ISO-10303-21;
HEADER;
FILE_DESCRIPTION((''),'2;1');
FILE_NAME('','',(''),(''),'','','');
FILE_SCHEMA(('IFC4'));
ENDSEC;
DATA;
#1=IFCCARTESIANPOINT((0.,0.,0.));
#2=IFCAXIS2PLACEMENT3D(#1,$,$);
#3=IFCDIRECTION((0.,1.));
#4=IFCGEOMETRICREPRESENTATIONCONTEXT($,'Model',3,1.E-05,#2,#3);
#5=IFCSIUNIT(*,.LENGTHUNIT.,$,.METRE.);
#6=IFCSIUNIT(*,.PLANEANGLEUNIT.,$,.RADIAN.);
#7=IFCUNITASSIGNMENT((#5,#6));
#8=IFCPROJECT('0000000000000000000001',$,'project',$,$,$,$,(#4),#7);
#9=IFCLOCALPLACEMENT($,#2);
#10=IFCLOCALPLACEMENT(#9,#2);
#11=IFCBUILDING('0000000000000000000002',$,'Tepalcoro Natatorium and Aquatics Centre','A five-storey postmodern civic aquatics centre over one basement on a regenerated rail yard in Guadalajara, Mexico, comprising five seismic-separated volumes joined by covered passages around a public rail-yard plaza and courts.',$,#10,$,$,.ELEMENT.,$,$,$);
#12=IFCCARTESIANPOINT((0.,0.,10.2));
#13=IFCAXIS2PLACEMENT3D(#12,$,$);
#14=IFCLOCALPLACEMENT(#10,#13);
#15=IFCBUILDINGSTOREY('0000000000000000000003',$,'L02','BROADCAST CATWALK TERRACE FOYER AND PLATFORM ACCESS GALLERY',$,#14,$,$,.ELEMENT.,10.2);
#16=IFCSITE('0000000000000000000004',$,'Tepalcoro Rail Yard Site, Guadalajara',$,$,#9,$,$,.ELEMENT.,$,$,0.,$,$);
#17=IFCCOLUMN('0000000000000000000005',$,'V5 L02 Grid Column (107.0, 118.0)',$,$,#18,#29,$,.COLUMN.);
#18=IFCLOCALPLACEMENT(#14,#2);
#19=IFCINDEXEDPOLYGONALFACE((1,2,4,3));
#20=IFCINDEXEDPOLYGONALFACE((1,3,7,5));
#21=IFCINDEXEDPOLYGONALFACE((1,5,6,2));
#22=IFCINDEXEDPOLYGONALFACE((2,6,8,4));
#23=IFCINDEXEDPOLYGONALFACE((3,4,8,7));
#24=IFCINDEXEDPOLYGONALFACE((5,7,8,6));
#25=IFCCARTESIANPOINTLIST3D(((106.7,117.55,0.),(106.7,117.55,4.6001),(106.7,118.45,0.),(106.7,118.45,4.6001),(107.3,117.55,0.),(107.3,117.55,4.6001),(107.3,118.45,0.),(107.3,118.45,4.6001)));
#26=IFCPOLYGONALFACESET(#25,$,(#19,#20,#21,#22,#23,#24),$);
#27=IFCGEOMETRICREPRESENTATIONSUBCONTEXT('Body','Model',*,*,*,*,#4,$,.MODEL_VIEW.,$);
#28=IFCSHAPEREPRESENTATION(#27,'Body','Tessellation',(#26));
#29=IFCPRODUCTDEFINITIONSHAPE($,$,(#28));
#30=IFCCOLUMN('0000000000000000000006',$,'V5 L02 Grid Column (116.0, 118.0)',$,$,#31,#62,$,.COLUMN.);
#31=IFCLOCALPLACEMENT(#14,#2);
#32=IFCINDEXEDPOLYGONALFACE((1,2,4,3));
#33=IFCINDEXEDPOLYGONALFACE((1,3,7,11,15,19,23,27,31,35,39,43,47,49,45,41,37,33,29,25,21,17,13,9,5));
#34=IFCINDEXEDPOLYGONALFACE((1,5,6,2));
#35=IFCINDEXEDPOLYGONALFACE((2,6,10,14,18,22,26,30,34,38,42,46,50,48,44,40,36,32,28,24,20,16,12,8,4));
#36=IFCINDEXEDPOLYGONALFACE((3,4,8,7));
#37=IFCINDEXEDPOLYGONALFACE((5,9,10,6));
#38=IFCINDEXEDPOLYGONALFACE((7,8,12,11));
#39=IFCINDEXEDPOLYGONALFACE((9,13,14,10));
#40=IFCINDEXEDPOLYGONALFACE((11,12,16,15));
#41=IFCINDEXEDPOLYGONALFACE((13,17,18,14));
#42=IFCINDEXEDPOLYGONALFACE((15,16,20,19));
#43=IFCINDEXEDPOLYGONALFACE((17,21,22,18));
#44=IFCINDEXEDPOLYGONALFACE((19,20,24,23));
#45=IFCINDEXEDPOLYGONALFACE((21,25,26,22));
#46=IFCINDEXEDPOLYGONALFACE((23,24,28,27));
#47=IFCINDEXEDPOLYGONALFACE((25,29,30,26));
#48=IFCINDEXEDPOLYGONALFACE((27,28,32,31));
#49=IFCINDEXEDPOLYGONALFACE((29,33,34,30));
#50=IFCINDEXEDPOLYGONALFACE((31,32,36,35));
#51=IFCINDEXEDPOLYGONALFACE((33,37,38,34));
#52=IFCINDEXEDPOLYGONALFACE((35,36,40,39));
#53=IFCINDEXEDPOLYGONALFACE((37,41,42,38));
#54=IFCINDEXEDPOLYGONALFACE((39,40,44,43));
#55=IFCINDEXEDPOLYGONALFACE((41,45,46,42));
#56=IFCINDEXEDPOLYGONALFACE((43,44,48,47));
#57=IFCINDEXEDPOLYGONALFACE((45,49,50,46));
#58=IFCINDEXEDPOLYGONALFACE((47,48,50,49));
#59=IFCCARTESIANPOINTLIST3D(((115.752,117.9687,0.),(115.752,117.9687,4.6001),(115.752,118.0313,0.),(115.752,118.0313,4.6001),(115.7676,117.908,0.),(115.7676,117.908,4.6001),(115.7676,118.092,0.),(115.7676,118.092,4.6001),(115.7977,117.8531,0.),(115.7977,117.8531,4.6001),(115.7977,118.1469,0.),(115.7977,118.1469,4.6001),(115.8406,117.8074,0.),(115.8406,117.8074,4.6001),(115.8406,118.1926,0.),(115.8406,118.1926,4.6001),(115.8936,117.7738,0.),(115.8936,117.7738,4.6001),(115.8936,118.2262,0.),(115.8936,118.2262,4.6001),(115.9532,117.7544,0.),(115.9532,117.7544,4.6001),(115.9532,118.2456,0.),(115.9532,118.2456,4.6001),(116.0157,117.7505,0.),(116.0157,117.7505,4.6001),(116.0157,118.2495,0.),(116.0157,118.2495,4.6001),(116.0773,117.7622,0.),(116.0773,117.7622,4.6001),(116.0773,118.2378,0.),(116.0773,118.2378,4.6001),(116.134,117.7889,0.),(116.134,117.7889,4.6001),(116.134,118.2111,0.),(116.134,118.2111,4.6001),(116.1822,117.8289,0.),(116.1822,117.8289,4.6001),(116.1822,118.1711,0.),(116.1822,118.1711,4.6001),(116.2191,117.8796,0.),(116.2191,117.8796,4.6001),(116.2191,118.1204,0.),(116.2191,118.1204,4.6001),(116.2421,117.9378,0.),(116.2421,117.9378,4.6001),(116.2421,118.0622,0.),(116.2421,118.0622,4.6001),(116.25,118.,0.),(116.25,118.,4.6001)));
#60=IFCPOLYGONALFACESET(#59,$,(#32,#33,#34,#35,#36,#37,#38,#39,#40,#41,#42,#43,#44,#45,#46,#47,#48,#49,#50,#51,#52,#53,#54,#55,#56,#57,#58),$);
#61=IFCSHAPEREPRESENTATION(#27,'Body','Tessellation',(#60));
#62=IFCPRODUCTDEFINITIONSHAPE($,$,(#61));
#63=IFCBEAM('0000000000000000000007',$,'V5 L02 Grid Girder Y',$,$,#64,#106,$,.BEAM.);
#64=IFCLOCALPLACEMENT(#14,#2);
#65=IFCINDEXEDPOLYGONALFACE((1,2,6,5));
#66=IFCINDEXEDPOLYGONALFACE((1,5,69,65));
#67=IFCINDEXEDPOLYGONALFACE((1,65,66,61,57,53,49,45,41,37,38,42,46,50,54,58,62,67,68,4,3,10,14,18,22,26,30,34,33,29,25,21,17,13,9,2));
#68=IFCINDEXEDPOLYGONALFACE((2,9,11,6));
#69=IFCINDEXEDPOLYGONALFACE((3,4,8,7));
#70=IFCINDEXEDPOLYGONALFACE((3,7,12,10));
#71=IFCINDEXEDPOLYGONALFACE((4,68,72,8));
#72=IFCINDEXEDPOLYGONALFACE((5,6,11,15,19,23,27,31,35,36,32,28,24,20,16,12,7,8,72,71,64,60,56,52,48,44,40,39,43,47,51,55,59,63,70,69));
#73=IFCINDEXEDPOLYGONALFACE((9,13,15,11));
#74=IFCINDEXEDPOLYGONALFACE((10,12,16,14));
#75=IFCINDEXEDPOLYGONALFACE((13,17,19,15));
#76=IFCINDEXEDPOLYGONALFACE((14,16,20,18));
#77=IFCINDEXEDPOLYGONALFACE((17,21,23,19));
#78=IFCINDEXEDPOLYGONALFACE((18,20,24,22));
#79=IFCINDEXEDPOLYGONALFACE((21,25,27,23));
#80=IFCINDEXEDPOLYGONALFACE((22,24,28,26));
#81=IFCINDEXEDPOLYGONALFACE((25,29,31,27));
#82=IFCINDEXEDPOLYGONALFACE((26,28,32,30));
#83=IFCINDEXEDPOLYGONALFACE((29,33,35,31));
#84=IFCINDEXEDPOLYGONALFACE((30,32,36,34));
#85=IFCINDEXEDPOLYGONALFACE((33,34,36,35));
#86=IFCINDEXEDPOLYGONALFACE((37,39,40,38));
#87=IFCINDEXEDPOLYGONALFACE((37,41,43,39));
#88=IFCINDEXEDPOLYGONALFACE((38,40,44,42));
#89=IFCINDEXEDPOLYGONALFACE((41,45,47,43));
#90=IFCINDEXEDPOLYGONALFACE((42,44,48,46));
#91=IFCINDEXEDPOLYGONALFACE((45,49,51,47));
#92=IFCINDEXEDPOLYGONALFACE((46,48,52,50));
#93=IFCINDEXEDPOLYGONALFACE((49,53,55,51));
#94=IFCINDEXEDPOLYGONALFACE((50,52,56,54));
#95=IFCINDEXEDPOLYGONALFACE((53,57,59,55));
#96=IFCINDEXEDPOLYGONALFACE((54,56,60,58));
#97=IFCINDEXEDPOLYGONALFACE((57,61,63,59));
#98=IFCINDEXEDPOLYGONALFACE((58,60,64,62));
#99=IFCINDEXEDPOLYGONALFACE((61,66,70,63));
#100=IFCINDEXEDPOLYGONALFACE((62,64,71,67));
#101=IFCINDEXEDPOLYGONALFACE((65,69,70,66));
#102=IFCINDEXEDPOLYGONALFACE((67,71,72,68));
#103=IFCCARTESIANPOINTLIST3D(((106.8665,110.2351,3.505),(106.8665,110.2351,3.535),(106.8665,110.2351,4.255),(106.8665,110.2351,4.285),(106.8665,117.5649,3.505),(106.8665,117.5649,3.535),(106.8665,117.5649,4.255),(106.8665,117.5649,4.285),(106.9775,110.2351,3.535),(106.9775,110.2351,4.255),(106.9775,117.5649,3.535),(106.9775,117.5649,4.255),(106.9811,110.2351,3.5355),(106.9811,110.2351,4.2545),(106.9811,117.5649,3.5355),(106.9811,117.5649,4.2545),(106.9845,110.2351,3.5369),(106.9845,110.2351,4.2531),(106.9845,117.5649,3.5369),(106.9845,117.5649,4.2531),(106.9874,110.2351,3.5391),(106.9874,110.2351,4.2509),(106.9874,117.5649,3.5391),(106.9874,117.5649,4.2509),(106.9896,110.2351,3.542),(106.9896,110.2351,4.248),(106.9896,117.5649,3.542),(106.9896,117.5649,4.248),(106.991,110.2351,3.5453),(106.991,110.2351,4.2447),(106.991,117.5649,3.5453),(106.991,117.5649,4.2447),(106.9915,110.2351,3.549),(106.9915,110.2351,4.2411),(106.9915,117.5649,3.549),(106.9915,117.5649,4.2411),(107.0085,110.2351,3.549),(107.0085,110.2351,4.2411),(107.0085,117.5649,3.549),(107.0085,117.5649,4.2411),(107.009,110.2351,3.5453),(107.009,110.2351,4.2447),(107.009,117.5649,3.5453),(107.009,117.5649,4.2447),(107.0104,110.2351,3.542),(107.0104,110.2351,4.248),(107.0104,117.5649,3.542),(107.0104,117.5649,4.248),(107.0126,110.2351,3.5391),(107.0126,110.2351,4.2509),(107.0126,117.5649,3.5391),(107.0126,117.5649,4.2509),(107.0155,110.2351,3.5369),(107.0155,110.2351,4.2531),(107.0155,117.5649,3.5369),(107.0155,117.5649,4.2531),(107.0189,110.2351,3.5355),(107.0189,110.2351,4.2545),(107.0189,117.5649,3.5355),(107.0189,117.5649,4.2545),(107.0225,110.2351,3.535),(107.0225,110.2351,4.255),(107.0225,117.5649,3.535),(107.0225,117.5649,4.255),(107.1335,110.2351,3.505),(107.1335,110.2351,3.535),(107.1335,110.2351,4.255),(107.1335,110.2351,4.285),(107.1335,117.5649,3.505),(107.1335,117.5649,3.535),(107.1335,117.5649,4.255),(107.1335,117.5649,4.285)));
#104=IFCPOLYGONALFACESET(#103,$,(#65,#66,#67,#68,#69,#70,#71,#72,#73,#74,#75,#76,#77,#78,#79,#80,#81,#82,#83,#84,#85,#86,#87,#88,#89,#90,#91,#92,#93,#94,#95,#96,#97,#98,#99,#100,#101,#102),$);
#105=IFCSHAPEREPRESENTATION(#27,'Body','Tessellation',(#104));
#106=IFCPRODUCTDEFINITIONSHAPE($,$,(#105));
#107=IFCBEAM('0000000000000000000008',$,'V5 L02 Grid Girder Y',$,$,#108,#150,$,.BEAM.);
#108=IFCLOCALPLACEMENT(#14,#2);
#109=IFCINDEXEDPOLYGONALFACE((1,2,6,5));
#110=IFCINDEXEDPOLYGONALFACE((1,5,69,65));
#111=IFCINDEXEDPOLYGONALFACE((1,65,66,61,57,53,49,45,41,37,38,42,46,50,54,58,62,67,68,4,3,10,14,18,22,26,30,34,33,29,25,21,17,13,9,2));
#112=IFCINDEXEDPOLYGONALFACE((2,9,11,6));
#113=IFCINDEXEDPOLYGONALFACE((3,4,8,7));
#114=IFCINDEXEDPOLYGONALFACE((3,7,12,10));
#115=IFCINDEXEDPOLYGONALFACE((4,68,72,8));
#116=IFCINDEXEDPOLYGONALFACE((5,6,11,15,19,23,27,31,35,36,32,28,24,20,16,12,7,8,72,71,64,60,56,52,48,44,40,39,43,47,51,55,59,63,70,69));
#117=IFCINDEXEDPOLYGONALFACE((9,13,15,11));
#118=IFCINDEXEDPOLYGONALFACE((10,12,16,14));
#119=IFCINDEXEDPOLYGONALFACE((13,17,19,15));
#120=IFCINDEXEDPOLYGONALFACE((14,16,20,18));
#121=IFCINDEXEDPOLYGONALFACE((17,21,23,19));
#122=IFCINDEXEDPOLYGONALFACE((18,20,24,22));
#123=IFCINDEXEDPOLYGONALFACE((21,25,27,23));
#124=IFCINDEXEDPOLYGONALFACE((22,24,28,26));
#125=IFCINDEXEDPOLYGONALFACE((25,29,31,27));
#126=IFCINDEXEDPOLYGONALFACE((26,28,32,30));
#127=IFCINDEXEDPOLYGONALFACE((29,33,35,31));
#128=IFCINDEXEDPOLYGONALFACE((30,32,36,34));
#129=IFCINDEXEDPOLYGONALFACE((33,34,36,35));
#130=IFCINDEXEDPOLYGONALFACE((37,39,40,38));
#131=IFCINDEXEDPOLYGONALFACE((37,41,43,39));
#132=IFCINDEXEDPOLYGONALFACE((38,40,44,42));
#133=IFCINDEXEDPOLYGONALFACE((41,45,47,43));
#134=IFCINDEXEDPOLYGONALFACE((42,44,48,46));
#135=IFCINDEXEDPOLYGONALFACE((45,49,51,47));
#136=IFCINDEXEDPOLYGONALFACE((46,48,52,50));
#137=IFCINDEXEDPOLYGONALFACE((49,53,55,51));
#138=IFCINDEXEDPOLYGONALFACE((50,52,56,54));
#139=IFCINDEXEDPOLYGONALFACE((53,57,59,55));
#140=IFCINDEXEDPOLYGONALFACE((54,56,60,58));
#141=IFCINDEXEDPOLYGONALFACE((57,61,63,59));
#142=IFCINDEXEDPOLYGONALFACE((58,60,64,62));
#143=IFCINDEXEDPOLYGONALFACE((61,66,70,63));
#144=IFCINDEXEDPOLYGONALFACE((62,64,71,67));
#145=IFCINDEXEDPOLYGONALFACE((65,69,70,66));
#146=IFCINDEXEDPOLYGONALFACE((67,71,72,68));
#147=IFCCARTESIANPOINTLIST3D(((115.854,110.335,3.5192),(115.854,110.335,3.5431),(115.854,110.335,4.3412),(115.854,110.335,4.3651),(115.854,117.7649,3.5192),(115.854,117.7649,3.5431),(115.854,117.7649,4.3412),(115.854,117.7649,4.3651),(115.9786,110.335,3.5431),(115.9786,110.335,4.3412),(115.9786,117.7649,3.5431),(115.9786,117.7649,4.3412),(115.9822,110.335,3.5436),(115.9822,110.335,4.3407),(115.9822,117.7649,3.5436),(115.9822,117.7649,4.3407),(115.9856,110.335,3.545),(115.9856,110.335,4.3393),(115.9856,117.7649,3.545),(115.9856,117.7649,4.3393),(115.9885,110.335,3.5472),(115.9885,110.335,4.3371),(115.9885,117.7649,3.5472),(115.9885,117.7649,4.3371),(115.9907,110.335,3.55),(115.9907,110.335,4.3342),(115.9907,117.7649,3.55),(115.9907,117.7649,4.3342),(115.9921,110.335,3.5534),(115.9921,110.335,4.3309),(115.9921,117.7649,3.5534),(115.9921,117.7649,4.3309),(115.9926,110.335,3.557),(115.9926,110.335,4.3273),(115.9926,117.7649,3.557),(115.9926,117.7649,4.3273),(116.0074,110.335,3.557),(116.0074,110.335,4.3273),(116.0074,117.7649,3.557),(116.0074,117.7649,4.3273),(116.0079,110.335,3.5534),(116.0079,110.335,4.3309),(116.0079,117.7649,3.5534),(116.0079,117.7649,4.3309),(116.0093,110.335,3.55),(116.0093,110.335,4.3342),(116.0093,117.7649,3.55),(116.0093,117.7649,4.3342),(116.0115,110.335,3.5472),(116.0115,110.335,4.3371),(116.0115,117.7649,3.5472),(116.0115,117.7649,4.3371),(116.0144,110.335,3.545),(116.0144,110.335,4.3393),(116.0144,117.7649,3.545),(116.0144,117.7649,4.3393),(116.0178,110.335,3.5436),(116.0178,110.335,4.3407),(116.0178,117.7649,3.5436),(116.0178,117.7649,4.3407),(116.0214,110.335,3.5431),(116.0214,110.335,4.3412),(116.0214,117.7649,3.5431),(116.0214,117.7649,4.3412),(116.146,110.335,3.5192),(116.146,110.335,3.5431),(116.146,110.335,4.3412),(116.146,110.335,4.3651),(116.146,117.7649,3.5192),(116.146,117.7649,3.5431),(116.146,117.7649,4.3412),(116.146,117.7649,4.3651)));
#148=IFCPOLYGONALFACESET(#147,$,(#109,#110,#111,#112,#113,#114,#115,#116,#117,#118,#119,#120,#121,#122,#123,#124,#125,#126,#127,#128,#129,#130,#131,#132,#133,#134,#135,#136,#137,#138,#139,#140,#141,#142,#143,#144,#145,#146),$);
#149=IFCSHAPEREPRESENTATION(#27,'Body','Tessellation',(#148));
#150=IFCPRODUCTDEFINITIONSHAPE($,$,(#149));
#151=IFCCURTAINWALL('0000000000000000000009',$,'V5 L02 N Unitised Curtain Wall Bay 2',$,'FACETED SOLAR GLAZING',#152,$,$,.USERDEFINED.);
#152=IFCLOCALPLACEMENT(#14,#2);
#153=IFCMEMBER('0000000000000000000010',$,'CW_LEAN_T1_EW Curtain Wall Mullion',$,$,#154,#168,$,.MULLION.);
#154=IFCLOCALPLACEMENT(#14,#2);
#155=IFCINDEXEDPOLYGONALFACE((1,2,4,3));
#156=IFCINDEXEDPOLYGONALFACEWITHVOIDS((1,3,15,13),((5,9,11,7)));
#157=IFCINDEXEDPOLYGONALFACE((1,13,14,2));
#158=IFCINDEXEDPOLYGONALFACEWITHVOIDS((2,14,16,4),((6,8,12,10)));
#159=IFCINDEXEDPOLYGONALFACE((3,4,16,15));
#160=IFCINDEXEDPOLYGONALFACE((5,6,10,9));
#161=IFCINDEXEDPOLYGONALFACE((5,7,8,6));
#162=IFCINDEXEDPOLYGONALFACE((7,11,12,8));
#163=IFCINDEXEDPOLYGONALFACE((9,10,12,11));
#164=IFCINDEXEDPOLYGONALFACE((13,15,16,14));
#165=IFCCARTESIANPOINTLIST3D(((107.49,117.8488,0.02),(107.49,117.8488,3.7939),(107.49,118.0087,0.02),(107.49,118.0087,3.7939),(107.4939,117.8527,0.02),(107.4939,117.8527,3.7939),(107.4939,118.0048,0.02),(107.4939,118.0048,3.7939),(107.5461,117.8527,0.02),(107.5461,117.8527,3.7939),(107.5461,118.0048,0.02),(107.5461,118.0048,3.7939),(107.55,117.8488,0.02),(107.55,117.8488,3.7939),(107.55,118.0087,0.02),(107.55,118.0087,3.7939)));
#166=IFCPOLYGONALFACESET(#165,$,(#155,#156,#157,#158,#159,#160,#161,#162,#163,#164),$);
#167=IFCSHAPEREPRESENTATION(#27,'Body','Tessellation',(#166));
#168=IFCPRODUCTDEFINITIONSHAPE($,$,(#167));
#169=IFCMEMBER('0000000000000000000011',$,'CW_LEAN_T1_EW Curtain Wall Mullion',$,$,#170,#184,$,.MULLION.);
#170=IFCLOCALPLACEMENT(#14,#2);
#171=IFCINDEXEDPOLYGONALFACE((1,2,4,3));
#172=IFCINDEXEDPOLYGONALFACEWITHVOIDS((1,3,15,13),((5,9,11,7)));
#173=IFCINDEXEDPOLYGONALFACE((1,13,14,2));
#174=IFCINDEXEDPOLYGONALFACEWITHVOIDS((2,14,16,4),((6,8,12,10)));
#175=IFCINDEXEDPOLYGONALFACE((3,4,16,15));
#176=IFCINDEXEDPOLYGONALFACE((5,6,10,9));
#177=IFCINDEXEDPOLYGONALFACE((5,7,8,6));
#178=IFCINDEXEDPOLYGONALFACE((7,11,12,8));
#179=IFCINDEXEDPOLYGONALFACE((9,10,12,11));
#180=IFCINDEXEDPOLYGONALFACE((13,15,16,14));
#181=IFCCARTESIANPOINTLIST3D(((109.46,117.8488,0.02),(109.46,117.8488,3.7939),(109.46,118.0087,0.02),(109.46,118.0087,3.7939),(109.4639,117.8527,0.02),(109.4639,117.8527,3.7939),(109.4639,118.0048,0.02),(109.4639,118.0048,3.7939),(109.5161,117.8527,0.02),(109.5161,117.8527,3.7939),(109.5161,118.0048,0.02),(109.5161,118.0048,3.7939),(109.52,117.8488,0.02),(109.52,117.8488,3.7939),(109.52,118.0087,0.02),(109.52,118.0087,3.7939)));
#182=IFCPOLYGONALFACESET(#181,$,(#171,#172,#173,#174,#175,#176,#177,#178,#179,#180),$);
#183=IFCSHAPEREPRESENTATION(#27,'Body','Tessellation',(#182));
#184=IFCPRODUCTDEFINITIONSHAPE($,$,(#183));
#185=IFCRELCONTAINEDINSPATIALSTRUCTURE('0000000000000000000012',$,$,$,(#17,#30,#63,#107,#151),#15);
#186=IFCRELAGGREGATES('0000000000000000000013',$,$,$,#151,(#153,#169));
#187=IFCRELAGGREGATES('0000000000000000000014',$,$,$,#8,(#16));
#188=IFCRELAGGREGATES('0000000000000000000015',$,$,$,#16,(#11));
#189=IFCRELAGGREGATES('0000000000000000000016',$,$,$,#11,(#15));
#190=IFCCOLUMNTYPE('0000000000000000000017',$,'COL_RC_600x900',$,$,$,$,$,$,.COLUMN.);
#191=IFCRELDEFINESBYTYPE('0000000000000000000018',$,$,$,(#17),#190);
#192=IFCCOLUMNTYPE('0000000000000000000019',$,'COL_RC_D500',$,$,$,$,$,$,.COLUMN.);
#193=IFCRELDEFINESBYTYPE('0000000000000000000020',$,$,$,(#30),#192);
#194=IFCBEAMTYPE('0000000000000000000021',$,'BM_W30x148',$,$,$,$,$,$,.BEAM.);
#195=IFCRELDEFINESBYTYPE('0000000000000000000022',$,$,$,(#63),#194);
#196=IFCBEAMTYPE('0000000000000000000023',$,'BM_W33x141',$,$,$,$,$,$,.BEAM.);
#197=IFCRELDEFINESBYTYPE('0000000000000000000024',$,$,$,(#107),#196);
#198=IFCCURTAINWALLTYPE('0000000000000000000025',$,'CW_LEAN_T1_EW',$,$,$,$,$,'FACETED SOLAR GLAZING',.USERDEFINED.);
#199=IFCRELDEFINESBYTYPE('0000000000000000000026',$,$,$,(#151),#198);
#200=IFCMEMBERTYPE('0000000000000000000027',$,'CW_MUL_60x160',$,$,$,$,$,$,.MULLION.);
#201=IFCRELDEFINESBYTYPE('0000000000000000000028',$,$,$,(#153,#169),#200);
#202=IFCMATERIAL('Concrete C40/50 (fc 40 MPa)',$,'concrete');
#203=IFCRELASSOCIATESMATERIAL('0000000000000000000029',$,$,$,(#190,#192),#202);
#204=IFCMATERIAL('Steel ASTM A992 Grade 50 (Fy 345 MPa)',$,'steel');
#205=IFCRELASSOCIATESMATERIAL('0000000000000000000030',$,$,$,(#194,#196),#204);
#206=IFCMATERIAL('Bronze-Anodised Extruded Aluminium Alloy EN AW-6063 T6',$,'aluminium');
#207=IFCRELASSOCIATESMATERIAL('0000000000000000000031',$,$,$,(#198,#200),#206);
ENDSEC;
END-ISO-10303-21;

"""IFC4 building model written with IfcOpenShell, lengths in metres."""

from ifc_helpers import new_model, si_unit, direction, frame, origin, origin_2d, place, context, subcontext, project, spatial, rectangle, hollow_rectangle, circle, i_section, extrude, material, material_profile, profile_set, type_object, element, aggregate, save


model = new_model("IFC4")

# Units and contexts
model_context = context("Model", 3, precision=1e-05, world=origin(), true_north=direction((0.0, 1.0)))
body_context = subcontext(model_context, "Body", "Model", "MODEL_VIEW")
ifc_project = project(units=[si_unit("LENGTHUNIT", "METRE"), si_unit("PLANEANGLEUNIT", "RADIAN")], contexts=[model_context])

# Site, building, storey
site_placement = place(None, origin())
site = spatial("IfcSite", under=ifc_project, at=site_placement, Name="Tepalcoro Rail Yard Site, Guadalajara", CompositionType="ELEMENT", RefElevation=0.0)
building_placement = place(site_placement, origin())
building = spatial("IfcBuilding", under=site, at=building_placement, Name="Tepalcoro Natatorium and Aquatics Centre", Description="A five-storey postmodern civic aquatics centre over one basement on a regenerated rail yard in Guadalajara, Mexico, comprising five seismic-separated volumes joined by covered passages around a public rail-yard plaza and courts.", CompositionType="ELEMENT")
storey_placement = place(building_placement, frame((0.0, 0.0, 10.2)))
storey = spatial("IfcBuildingStorey", under=building, at=storey_placement, Name="L02", Description="BROADCAST CATWALK TERRACE FOYER AND PLATFORM ACCESS GALLERY", CompositionType="ELEMENT", Elevation=10.2)

# Columns
ifc_material_1 = material(Name="Concrete C40/50 (fc 40 MPa)", Category="concrete")
ifc_material_profile_1 = material_profile(ifc_material_1, rectangle(XDim=0.6001, YDim=0.8999, at=origin_2d()), Name="RC600x900")
ifc_profile_set_1 = profile_set([ifc_material_profile_1], Name="Concrete C40/50 (fc 40 MPa)")
column_type_1 = type_object("IfcColumnType", Name="COL_RC_600x900", PredefinedType="COLUMN", material=ifc_profile_set_1)
column_1_placement = place(storey_placement, frame((107.0, 118.0, 0.0), z_axis=(0.0, 0.0, 1.0), x_axis=(1.0, 0.0, 0.0)))
element("IfcColumn", 1, at=column_1_placement, inside=storey, type_object=column_type_1, Name="V5 L02 Grid Column (107.0, 118.0)", PredefinedType="COLUMN", context=body_context, shape_type="SweptSolid", body=[
    extrude(rectangle(XDim=0.6001, YDim=0.8999, at=origin_2d()), origin(), (0.0, 0.0, 1.0), 4.6001),
])
ifc_material_profile_2 = material_profile(ifc_material_1, circle(Radius=0.25, at=origin_2d()), Name="RCD500")
ifc_profile_set_2 = profile_set([ifc_material_profile_2], Name="Concrete C40/50 (fc 40 MPa)")
column_type_2 = type_object("IfcColumnType", Name="COL_RC_D500", PredefinedType="COLUMN", material=ifc_profile_set_2)
column_2_placement = place(storey_placement, frame((116.0, 118.0, 0.0), z_axis=(0.0, 0.0, 1.0), x_axis=(1.0, 0.0, 0.0)))
element("IfcColumn", 2, at=column_2_placement, inside=storey, type_object=column_type_2, Name="V5 L02 Grid Column (116.0, 118.0)", PredefinedType="COLUMN", context=body_context, shape_type="SweptSolid", body=[
    extrude(circle(Radius=0.25, at=origin_2d()), origin(), (0.0, 0.0, 1.0), 4.6001),
])

# Beams
ifc_material_2 = material(Name="Steel ASTM A992 Grade 50 (Fy 345 MPa)", Category="steel")
ifc_material_profile_3 = material_profile(ifc_material_2, i_section(OverallWidth=0.2671, OverallDepth=0.78, WebThickness=0.0171, FlangeThickness=0.03, FilletRadius=0.0139, at=origin_2d()), Name="W30X148")
ifc_profile_set_3 = profile_set([ifc_material_profile_3], Name="Steel ASTM A992 Grade 50 (Fy 345 MPa)")
beam_type_1 = type_object("IfcBeamType", Name="BM_W30x148", PredefinedType="BEAM", material=ifc_profile_set_3)
beam_1_placement = place(storey_placement, frame((107.0, 110.2351, 3.895), z_axis=(0.0, 1.0, 0.0), x_axis=(-1.0, 0.0, 0.0)))
element("IfcBeam", 3, at=beam_1_placement, inside=storey, type_object=beam_type_1, Name="V5 L02 Grid Girder Y", PredefinedType="BEAM", context=body_context, shape_type="SweptSolid", body=[
    extrude(i_section(OverallWidth=0.2671, OverallDepth=0.78, WebThickness=0.0171, FlangeThickness=0.03, FilletRadius=0.0139, at=origin_2d()), origin(), (0.0, 0.0, 1.0), 7.3298),
])
ifc_material_profile_4 = material_profile(ifc_material_2, i_section(OverallWidth=0.292, OverallDepth=0.8459, WebThickness=0.0149, FlangeThickness=0.0239, FilletRadius=0.0139, at=origin_2d()), Name="W33X141")
ifc_profile_set_4 = profile_set([ifc_material_profile_4], Name="Steel ASTM A992 Grade 50 (Fy 345 MPa)")
beam_type_2 = type_object("IfcBeamType", Name="BM_W33x141", PredefinedType="BEAM", material=ifc_profile_set_4)
beam_2_placement = place(storey_placement, frame((116.0, 110.335, 3.9421), z_axis=(0.0, 1.0, 0.0), x_axis=(-1.0, 0.0, 0.0)))
element("IfcBeam", 4, at=beam_2_placement, inside=storey, type_object=beam_type_2, Name="V5 L02 Grid Girder Y", PredefinedType="BEAM", context=body_context, shape_type="SweptSolid", body=[
    extrude(i_section(OverallWidth=0.292, OverallDepth=0.8459, WebThickness=0.0149, FlangeThickness=0.0239, FilletRadius=0.0139, at=origin_2d()), origin(), (0.0, 0.0, 1.0), 7.4299),
])

# Curtain wall, members
ifc_material_3 = material(Name="Bronze-Anodised Extruded Aluminium Alloy EN AW-6063 T6", Category="aluminium")
curtain_wall_type_1 = type_object("IfcCurtainWallType", Name="CW_LEAN_T1_EW", ElementType="FACETED SOLAR GLAZING", PredefinedType="USERDEFINED", material=ifc_material_3)
curtain_wall_1_placement = place(storey_placement, origin())
curtain_wall_1 = element("IfcCurtainWall", 5, at=curtain_wall_1_placement, inside=storey, type_object=curtain_wall_type_1, Name="V5 L02 N Unitised Curtain Wall Bay 2", ObjectType="FACETED SOLAR GLAZING", PredefinedType="USERDEFINED")
ifc_material_profile_5 = material_profile(ifc_material_3, hollow_rectangle(XDim=0.0601, YDim=0.1599, WallThickness=0.0039, at=origin_2d()), Name="AL60X160X4")
ifc_profile_set_5 = profile_set([ifc_material_profile_5], Name="Bronze-Anodised Extruded Aluminium Alloy EN AW-6063 T6")
member_type_1 = type_object("IfcMemberType", Name="CW_MUL_60x160", PredefinedType="MULLION", material=ifc_profile_set_5)
member_1_placement = place(storey_placement, frame((107.52, 117.9287, 0.02), z_axis=(0.0, 0.0, 1.0), x_axis=(1.0, 0.0, 0.0)))
member_1 = element("IfcMember", 6, at=member_1_placement, type_object=member_type_1, Name="CW_LEAN_T1_EW Curtain Wall Mullion", PredefinedType="MULLION", context=body_context, shape_type="SweptSolid", body=[
    extrude(hollow_rectangle(XDim=0.0601, YDim=0.1599, WallThickness=0.0039, at=origin_2d()), origin(), (0.0, 0.0, 1.0), 3.7739),
])
member_2_placement = place(storey_placement, frame((109.49, 117.9287, 0.02), z_axis=(0.0, 0.0, 1.0), x_axis=(1.0, 0.0, 0.0)))
member_2 = element("IfcMember", 7, at=member_2_placement, type_object=member_type_1, Name="CW_LEAN_T1_EW Curtain Wall Mullion", PredefinedType="MULLION", context=body_context, shape_type="SweptSolid", body=[
    extrude(hollow_rectangle(XDim=0.0601, YDim=0.1599, WallThickness=0.0039, at=origin_2d()), origin(), (0.0, 0.0, 1.0), 3.7739),
])

aggregate(curtain_wall_1, [member_1, member_2])

save(model, "model.ifc")
